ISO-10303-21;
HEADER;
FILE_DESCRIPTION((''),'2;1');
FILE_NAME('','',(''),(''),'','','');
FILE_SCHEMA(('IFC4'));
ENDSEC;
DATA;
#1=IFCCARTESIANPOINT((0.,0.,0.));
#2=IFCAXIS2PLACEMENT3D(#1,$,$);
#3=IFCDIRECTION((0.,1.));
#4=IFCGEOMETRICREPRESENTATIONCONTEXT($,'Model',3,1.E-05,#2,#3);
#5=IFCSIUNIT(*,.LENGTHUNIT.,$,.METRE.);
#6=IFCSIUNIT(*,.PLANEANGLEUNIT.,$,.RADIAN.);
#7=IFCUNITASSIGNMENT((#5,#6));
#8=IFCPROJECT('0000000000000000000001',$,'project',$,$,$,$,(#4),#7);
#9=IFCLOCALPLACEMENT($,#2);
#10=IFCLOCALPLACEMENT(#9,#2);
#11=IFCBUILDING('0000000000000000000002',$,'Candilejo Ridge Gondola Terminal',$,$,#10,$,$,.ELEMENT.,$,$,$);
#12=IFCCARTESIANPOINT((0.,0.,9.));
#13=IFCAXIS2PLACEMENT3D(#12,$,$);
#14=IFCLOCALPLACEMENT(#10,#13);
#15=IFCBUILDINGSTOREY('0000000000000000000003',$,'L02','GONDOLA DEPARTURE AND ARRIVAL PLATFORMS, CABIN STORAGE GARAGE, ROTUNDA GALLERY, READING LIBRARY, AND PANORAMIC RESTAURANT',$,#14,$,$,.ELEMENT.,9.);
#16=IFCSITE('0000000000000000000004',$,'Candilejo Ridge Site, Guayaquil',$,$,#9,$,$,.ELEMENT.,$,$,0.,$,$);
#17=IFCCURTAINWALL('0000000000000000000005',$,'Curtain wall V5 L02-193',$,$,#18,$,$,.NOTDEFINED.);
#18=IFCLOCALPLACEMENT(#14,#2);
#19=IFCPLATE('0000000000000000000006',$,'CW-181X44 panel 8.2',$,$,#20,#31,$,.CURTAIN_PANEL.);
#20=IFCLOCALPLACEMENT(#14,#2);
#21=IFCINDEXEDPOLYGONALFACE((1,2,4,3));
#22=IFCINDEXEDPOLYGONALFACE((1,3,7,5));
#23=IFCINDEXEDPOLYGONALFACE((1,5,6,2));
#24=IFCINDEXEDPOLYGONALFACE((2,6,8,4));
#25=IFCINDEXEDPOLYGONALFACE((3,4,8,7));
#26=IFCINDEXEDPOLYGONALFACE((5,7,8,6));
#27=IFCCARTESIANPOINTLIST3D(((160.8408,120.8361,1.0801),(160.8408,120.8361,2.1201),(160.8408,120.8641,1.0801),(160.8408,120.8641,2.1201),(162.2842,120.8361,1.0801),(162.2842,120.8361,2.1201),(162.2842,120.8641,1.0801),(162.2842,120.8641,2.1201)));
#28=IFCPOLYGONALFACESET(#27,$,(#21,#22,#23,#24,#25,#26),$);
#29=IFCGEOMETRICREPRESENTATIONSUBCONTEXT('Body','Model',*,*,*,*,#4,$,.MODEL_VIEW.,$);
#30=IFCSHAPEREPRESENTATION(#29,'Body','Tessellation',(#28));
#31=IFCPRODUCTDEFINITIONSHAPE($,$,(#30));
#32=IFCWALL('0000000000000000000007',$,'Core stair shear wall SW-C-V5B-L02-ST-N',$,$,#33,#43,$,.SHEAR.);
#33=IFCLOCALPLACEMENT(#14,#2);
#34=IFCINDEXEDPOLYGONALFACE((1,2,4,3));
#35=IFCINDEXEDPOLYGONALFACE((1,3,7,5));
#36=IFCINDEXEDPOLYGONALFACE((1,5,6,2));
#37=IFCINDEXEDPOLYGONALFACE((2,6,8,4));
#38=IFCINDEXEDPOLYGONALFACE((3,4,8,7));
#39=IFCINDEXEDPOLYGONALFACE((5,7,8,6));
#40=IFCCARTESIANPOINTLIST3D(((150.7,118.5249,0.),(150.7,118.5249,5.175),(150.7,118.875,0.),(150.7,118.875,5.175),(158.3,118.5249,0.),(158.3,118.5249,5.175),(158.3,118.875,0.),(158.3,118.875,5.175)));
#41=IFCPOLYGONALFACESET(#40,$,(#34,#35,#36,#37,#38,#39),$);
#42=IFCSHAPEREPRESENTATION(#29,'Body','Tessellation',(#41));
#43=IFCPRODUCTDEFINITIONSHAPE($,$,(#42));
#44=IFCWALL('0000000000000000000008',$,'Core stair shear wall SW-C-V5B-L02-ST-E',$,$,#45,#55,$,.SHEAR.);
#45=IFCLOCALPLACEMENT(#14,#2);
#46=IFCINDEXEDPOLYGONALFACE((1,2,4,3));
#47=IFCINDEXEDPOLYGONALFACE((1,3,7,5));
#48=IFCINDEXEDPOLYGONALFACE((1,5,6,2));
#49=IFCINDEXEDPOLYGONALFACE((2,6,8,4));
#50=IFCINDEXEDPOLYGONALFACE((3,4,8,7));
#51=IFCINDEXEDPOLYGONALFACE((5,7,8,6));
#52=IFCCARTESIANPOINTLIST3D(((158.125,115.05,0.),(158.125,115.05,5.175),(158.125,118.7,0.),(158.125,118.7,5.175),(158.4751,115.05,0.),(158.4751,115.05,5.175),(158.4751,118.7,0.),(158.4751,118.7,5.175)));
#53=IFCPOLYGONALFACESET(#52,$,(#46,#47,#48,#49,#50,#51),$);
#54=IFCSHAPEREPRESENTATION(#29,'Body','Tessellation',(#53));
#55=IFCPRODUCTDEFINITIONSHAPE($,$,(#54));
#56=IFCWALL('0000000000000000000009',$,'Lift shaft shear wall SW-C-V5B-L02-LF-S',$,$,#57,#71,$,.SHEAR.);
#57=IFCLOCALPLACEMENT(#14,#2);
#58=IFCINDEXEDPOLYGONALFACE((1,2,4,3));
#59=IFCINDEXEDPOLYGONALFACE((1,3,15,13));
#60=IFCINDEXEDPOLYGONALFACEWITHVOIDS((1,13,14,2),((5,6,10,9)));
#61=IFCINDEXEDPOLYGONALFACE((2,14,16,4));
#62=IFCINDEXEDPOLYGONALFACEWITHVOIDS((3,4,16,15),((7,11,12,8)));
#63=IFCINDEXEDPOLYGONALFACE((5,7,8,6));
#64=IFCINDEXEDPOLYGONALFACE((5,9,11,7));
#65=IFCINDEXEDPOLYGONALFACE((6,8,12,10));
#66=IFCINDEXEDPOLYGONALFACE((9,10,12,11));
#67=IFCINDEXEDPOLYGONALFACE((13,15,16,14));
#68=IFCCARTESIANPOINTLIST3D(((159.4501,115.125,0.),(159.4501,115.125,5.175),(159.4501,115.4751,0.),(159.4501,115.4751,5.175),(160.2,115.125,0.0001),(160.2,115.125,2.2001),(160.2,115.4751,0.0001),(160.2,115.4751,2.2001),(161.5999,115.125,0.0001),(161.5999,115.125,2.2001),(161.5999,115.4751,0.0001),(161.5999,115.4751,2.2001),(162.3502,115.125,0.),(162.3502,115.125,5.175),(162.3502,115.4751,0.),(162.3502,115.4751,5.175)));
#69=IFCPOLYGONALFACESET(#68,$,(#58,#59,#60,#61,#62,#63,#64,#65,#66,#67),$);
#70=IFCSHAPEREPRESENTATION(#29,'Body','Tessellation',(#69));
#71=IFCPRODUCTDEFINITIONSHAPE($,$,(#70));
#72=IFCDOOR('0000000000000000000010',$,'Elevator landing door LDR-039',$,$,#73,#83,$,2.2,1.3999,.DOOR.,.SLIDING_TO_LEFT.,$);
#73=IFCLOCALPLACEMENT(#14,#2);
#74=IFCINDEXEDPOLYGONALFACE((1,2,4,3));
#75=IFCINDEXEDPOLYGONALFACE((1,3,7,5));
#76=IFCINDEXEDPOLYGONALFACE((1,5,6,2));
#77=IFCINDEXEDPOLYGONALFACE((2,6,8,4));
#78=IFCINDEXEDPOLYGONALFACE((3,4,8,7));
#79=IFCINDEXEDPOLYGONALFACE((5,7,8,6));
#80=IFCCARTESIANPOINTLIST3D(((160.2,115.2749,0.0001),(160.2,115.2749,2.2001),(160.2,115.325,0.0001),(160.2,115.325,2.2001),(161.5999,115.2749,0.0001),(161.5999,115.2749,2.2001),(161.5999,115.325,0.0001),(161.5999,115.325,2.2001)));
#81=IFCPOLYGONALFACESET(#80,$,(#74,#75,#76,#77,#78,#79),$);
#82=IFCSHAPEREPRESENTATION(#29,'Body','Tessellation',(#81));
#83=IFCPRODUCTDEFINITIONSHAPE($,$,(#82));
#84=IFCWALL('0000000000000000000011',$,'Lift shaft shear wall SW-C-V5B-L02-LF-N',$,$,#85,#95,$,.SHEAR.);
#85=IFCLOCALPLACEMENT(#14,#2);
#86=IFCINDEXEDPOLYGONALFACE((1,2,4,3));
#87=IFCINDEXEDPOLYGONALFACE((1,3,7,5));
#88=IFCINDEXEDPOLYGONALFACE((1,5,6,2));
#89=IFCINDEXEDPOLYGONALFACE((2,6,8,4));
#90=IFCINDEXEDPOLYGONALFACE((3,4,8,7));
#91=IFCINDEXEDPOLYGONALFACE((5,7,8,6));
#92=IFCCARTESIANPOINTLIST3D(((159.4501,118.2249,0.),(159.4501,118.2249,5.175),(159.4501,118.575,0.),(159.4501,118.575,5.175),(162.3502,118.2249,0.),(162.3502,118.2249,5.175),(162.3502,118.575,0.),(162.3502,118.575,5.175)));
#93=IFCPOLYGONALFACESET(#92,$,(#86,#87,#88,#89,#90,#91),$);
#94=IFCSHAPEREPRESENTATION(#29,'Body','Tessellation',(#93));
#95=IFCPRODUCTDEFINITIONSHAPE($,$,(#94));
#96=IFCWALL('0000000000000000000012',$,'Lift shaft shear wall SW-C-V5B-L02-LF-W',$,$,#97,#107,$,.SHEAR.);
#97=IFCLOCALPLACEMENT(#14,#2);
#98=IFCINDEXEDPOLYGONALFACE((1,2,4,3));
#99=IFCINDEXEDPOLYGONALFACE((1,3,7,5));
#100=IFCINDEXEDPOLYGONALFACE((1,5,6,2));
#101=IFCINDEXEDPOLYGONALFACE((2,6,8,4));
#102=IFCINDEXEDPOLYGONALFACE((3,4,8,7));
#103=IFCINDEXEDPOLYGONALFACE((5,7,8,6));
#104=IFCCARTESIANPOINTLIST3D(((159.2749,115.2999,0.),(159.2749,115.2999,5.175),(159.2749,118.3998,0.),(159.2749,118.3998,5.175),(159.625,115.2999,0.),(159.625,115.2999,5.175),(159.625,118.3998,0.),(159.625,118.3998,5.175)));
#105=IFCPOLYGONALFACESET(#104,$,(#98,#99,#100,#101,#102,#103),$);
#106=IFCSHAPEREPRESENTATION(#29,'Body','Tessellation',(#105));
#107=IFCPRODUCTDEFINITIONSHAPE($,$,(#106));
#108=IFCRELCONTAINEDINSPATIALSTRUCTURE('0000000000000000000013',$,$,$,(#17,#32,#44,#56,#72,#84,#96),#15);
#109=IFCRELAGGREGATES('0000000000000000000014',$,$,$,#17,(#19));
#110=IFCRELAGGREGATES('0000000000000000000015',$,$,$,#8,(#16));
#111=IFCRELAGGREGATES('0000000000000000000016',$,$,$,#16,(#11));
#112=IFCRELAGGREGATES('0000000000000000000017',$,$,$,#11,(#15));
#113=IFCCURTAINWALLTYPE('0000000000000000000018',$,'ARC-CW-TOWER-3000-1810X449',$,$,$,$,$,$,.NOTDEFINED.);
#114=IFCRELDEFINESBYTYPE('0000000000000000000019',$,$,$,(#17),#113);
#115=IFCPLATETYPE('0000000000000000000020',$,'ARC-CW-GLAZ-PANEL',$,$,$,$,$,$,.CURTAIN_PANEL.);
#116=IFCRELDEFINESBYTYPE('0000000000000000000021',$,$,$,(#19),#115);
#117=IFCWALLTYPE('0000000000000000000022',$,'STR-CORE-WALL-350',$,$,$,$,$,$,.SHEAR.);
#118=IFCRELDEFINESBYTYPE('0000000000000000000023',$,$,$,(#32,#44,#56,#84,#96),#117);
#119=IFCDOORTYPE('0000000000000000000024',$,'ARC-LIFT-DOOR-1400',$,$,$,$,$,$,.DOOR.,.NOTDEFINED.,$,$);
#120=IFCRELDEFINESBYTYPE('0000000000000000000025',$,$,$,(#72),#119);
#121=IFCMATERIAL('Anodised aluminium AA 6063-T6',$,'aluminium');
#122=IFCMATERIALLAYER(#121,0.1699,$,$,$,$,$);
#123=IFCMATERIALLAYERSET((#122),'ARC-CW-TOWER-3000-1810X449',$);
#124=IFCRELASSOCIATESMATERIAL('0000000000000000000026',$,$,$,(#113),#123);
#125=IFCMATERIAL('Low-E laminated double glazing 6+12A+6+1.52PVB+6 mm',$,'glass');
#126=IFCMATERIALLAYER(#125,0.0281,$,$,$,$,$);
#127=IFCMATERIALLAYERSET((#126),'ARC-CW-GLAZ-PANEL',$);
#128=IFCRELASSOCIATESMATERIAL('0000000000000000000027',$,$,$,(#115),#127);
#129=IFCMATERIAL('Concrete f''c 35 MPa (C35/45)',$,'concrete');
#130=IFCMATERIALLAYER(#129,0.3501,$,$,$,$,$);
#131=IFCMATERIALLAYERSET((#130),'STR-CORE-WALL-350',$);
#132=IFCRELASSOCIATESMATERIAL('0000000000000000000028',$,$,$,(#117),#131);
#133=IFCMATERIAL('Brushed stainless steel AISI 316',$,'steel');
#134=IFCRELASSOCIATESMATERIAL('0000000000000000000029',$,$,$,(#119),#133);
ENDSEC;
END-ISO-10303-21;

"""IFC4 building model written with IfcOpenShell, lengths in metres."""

from ifc_helpers import new_model, si_unit, direction, frame, frame_2d, origin, origin_2d, place, context, subcontext, project, spatial, rectangle, extrude, material, layer, layer_set, type_object, element, fill, aggregate, save


model = new_model("IFC4")

# Units and contexts
model_context = context("Model", 3, precision=1e-05, world=origin(), true_north=direction((0.0, 1.0)))
body_context = subcontext(model_context, "Body", "Model", "MODEL_VIEW")
ifc_project = project(units=[si_unit("LENGTHUNIT", "METRE"), si_unit("PLANEANGLEUNIT", "RADIAN")], contexts=[model_context])

# Site, building, storey
site_placement = place(None, origin())
site = spatial("IfcSite", under=ifc_project, at=site_placement, Name="Candilejo Ridge Site, Guayaquil", CompositionType="ELEMENT", RefElevation=0.0)
building_placement = place(site_placement, origin())
building = spatial("IfcBuilding", under=site, at=building_placement, Name="Candilejo Ridge Gondola Terminal", CompositionType="ELEMENT")
storey_placement = place(building_placement, frame((0.0, 0.0, 9.0)))
storey = spatial("IfcBuildingStorey", under=building, at=storey_placement, Name="L02", Description="GONDOLA DEPARTURE AND ARRIVAL PLATFORMS, CABIN STORAGE GARAGE, ROTUNDA GALLERY, READING LIBRARY, AND PANORAMIC RESTAURANT", CompositionType="ELEMENT", Elevation=9.0)

# Curtain wall, plate
ifc_material_1 = material(Name="Anodised aluminium AA 6063-T6", Category="aluminium")
ifc_layer_1 = layer(ifc_material_1, 0.1699)
ifc_layer_set_1 = layer_set([ifc_layer_1], Name="ARC-CW-TOWER-3000-1810X449")
curtain_wall_type = type_object("IfcCurtainWallType", Name="ARC-CW-TOWER-3000-1810X449", PredefinedType="NOTDEFINED", material=ifc_layer_set_1)
curtain_wall_placement = place(storey_placement, origin())
curtain_wall = element("IfcCurtainWall", 1, at=curtain_wall_placement, inside=storey, type_object=curtain_wall_type, Name="Curtain wall V5 L02-193", PredefinedType="NOTDEFINED")
ifc_material_2 = material(Name="Low-E laminated double glazing 6+12A+6+1.52PVB+6 mm", Category="glass")
ifc_layer_2 = layer(ifc_material_2, 0.0281)
ifc_layer_set_2 = layer_set([ifc_layer_2], Name="ARC-CW-GLAZ-PANEL")
plate_type = type_object("IfcPlateType", Name="ARC-CW-GLAZ-PANEL", PredefinedType="CURTAIN_PANEL", material=ifc_layer_set_2)
plate_1_placement = place(storey_placement, frame((161.5625, 120.8501, 1.0801), z_axis=(0.0, 0.0, 1.0), x_axis=(1.0, 0.0, 0.0)))
plate_1 = element("IfcPlate", 2, at=plate_1_placement, type_object=plate_type, Name="CW-181X44 panel 8.2", PredefinedType="CURTAIN_PANEL", context=body_context, shape_type="SweptSolid", body=[
    extrude(rectangle(XDim=1.4434, YDim=0.0281, at=origin_2d()), origin(), (0.0, 0.0, 1.0), 1.04),
])
aggregate(curtain_wall, [plate_1])

# Walls
ifc_material_3 = material(Name="Concrete f'c 35 MPa (C35/45)", Category="concrete")
ifc_layer_3 = layer(ifc_material_3, 0.3501)
ifc_layer_set_3 = layer_set([ifc_layer_3], Name="STR-CORE-WALL-350")
wall_type = type_object("IfcWallType", Name="STR-CORE-WALL-350", PredefinedType="SHEAR", material=ifc_layer_set_3)
wall_1_placement = place(storey_placement, frame((158.3, 118.7, 0.0), z_axis=(0.0, 0.0, 1.0), x_axis=(-1.0, 0.0, 0.0)))
element("IfcWall", 3, at=wall_1_placement, inside=storey, type_object=wall_type, Name="Core stair shear wall SW-C-V5B-L02-ST-N", PredefinedType="SHEAR", context=body_context, shape_type="SweptSolid", body=[
    extrude(rectangle(XDim=7.6001, YDim=0.3501, at=frame_2d((3.8, 0.0))), origin(), (0.0, 0.0, 1.0), 5.175),
])
wall_2_placement = place(storey_placement, frame((158.3, 115.05, 0.0), z_axis=(0.0, 0.0, 1.0), x_axis=(0.0, 1.0, 0.0)))
element("IfcWall", 4, at=wall_2_placement, inside=storey, type_object=wall_type, Name="Core stair shear wall SW-C-V5B-L02-ST-E", PredefinedType="SHEAR", context=body_context, shape_type="SweptSolid", body=[
    extrude(rectangle(XDim=3.6499, YDim=0.3501, at=frame_2d((1.825, 0.0))), origin(), (0.0, 0.0, 1.0), 5.175),
])

# Wall, opening, door
wall_3_placement = place(storey_placement, frame((159.45, 115.3, 0.0), z_axis=(0.0, 0.0, 1.0), x_axis=(1.0, 0.0, 0.0)))
wall_3 = element("IfcWall", 5, at=wall_3_placement, inside=storey, type_object=wall_type, Name="Lift shaft shear wall SW-C-V5B-L02-LF-S", PredefinedType="SHEAR", context=body_context, shape_type="SweptSolid", body=[
    extrude(rectangle(XDim=2.9001, YDim=0.3501, at=frame_2d((1.4502, 0.0))), origin(), (0.0, 0.0, 1.0), 5.175),
])
opening_placement = place(wall_3_placement, frame((0.75, 0.0, 0.0)))
opening = element("IfcOpeningElement", 6, at=opening_placement, cuts=wall_3, PredefinedType="OPENING", context=body_context, shape_type="SweptSolid", body=[
    extrude(rectangle(XDim=1.3999, YDim=2.2, at=frame_2d((0.7, 1.1001))), frame((0.0, 0.1851, 0.0), z_axis=(0.0, -1.0, 0.0), x_axis=(1.0, 0.0, 0.0)), (0.0, 0.0, 1.0), 0.3701),
])
ifc_material_4 = material(Name="Brushed stainless steel AISI 316", Category="steel")
door_type = type_object("IfcDoorType", Name="ARC-LIFT-DOOR-1400", OperationType="NOTDEFINED", PredefinedType="DOOR", material=ifc_material_4)
door_placement = place(opening_placement, origin())
door = element("IfcDoor", 7, at=door_placement, inside=storey, type_object=door_type, Name="Elevator landing door LDR-039", OperationType="SLIDING_TO_LEFT", OverallHeight=2.2, OverallWidth=1.3999, PredefinedType="DOOR", context=body_context, shape_type="SweptSolid", body=[
    extrude(rectangle(XDim=1.3999, YDim=2.2, at=frame_2d((0.7, 1.1001))), frame((0.0, 0.0249, 0.0), z_axis=(0.0, -1.0, 0.0), x_axis=(1.0, 0.0, 0.0)), (0.0, 0.0, 1.0), 0.05),
])
fill(opening, door)

# Walls
wall_4_placement = place(storey_placement, frame((159.45, 118.3999, 0.0), z_axis=(0.0, 0.0, 1.0), x_axis=(1.0, 0.0, 0.0)))
element("IfcWall", 8, at=wall_4_placement, inside=storey, type_object=wall_type, Name="Lift shaft shear wall SW-C-V5B-L02-LF-N", PredefinedType="SHEAR", context=body_context, shape_type="SweptSolid", body=[
    extrude(rectangle(XDim=2.9001, YDim=0.3501, at=frame_2d((1.4502, 0.0))), origin(), (0.0, 0.0, 1.0), 5.175),
])
wall_5_placement = place(storey_placement, frame((159.45, 115.3, 0.0), z_axis=(0.0, 0.0, 1.0), x_axis=(0.0, 1.0, 0.0)))
element("IfcWall", 9, at=wall_5_placement, inside=storey, type_object=wall_type, Name="Lift shaft shear wall SW-C-V5B-L02-LF-W", PredefinedType="SHEAR", context=body_context, shape_type="SweptSolid", body=[
    extrude(rectangle(XDim=3.0999, YDim=0.3501, at=frame_2d((1.5498, 0.0))), origin(), (0.0, 0.0, 1.0), 5.175),
])

save(model, "model.ifc")
